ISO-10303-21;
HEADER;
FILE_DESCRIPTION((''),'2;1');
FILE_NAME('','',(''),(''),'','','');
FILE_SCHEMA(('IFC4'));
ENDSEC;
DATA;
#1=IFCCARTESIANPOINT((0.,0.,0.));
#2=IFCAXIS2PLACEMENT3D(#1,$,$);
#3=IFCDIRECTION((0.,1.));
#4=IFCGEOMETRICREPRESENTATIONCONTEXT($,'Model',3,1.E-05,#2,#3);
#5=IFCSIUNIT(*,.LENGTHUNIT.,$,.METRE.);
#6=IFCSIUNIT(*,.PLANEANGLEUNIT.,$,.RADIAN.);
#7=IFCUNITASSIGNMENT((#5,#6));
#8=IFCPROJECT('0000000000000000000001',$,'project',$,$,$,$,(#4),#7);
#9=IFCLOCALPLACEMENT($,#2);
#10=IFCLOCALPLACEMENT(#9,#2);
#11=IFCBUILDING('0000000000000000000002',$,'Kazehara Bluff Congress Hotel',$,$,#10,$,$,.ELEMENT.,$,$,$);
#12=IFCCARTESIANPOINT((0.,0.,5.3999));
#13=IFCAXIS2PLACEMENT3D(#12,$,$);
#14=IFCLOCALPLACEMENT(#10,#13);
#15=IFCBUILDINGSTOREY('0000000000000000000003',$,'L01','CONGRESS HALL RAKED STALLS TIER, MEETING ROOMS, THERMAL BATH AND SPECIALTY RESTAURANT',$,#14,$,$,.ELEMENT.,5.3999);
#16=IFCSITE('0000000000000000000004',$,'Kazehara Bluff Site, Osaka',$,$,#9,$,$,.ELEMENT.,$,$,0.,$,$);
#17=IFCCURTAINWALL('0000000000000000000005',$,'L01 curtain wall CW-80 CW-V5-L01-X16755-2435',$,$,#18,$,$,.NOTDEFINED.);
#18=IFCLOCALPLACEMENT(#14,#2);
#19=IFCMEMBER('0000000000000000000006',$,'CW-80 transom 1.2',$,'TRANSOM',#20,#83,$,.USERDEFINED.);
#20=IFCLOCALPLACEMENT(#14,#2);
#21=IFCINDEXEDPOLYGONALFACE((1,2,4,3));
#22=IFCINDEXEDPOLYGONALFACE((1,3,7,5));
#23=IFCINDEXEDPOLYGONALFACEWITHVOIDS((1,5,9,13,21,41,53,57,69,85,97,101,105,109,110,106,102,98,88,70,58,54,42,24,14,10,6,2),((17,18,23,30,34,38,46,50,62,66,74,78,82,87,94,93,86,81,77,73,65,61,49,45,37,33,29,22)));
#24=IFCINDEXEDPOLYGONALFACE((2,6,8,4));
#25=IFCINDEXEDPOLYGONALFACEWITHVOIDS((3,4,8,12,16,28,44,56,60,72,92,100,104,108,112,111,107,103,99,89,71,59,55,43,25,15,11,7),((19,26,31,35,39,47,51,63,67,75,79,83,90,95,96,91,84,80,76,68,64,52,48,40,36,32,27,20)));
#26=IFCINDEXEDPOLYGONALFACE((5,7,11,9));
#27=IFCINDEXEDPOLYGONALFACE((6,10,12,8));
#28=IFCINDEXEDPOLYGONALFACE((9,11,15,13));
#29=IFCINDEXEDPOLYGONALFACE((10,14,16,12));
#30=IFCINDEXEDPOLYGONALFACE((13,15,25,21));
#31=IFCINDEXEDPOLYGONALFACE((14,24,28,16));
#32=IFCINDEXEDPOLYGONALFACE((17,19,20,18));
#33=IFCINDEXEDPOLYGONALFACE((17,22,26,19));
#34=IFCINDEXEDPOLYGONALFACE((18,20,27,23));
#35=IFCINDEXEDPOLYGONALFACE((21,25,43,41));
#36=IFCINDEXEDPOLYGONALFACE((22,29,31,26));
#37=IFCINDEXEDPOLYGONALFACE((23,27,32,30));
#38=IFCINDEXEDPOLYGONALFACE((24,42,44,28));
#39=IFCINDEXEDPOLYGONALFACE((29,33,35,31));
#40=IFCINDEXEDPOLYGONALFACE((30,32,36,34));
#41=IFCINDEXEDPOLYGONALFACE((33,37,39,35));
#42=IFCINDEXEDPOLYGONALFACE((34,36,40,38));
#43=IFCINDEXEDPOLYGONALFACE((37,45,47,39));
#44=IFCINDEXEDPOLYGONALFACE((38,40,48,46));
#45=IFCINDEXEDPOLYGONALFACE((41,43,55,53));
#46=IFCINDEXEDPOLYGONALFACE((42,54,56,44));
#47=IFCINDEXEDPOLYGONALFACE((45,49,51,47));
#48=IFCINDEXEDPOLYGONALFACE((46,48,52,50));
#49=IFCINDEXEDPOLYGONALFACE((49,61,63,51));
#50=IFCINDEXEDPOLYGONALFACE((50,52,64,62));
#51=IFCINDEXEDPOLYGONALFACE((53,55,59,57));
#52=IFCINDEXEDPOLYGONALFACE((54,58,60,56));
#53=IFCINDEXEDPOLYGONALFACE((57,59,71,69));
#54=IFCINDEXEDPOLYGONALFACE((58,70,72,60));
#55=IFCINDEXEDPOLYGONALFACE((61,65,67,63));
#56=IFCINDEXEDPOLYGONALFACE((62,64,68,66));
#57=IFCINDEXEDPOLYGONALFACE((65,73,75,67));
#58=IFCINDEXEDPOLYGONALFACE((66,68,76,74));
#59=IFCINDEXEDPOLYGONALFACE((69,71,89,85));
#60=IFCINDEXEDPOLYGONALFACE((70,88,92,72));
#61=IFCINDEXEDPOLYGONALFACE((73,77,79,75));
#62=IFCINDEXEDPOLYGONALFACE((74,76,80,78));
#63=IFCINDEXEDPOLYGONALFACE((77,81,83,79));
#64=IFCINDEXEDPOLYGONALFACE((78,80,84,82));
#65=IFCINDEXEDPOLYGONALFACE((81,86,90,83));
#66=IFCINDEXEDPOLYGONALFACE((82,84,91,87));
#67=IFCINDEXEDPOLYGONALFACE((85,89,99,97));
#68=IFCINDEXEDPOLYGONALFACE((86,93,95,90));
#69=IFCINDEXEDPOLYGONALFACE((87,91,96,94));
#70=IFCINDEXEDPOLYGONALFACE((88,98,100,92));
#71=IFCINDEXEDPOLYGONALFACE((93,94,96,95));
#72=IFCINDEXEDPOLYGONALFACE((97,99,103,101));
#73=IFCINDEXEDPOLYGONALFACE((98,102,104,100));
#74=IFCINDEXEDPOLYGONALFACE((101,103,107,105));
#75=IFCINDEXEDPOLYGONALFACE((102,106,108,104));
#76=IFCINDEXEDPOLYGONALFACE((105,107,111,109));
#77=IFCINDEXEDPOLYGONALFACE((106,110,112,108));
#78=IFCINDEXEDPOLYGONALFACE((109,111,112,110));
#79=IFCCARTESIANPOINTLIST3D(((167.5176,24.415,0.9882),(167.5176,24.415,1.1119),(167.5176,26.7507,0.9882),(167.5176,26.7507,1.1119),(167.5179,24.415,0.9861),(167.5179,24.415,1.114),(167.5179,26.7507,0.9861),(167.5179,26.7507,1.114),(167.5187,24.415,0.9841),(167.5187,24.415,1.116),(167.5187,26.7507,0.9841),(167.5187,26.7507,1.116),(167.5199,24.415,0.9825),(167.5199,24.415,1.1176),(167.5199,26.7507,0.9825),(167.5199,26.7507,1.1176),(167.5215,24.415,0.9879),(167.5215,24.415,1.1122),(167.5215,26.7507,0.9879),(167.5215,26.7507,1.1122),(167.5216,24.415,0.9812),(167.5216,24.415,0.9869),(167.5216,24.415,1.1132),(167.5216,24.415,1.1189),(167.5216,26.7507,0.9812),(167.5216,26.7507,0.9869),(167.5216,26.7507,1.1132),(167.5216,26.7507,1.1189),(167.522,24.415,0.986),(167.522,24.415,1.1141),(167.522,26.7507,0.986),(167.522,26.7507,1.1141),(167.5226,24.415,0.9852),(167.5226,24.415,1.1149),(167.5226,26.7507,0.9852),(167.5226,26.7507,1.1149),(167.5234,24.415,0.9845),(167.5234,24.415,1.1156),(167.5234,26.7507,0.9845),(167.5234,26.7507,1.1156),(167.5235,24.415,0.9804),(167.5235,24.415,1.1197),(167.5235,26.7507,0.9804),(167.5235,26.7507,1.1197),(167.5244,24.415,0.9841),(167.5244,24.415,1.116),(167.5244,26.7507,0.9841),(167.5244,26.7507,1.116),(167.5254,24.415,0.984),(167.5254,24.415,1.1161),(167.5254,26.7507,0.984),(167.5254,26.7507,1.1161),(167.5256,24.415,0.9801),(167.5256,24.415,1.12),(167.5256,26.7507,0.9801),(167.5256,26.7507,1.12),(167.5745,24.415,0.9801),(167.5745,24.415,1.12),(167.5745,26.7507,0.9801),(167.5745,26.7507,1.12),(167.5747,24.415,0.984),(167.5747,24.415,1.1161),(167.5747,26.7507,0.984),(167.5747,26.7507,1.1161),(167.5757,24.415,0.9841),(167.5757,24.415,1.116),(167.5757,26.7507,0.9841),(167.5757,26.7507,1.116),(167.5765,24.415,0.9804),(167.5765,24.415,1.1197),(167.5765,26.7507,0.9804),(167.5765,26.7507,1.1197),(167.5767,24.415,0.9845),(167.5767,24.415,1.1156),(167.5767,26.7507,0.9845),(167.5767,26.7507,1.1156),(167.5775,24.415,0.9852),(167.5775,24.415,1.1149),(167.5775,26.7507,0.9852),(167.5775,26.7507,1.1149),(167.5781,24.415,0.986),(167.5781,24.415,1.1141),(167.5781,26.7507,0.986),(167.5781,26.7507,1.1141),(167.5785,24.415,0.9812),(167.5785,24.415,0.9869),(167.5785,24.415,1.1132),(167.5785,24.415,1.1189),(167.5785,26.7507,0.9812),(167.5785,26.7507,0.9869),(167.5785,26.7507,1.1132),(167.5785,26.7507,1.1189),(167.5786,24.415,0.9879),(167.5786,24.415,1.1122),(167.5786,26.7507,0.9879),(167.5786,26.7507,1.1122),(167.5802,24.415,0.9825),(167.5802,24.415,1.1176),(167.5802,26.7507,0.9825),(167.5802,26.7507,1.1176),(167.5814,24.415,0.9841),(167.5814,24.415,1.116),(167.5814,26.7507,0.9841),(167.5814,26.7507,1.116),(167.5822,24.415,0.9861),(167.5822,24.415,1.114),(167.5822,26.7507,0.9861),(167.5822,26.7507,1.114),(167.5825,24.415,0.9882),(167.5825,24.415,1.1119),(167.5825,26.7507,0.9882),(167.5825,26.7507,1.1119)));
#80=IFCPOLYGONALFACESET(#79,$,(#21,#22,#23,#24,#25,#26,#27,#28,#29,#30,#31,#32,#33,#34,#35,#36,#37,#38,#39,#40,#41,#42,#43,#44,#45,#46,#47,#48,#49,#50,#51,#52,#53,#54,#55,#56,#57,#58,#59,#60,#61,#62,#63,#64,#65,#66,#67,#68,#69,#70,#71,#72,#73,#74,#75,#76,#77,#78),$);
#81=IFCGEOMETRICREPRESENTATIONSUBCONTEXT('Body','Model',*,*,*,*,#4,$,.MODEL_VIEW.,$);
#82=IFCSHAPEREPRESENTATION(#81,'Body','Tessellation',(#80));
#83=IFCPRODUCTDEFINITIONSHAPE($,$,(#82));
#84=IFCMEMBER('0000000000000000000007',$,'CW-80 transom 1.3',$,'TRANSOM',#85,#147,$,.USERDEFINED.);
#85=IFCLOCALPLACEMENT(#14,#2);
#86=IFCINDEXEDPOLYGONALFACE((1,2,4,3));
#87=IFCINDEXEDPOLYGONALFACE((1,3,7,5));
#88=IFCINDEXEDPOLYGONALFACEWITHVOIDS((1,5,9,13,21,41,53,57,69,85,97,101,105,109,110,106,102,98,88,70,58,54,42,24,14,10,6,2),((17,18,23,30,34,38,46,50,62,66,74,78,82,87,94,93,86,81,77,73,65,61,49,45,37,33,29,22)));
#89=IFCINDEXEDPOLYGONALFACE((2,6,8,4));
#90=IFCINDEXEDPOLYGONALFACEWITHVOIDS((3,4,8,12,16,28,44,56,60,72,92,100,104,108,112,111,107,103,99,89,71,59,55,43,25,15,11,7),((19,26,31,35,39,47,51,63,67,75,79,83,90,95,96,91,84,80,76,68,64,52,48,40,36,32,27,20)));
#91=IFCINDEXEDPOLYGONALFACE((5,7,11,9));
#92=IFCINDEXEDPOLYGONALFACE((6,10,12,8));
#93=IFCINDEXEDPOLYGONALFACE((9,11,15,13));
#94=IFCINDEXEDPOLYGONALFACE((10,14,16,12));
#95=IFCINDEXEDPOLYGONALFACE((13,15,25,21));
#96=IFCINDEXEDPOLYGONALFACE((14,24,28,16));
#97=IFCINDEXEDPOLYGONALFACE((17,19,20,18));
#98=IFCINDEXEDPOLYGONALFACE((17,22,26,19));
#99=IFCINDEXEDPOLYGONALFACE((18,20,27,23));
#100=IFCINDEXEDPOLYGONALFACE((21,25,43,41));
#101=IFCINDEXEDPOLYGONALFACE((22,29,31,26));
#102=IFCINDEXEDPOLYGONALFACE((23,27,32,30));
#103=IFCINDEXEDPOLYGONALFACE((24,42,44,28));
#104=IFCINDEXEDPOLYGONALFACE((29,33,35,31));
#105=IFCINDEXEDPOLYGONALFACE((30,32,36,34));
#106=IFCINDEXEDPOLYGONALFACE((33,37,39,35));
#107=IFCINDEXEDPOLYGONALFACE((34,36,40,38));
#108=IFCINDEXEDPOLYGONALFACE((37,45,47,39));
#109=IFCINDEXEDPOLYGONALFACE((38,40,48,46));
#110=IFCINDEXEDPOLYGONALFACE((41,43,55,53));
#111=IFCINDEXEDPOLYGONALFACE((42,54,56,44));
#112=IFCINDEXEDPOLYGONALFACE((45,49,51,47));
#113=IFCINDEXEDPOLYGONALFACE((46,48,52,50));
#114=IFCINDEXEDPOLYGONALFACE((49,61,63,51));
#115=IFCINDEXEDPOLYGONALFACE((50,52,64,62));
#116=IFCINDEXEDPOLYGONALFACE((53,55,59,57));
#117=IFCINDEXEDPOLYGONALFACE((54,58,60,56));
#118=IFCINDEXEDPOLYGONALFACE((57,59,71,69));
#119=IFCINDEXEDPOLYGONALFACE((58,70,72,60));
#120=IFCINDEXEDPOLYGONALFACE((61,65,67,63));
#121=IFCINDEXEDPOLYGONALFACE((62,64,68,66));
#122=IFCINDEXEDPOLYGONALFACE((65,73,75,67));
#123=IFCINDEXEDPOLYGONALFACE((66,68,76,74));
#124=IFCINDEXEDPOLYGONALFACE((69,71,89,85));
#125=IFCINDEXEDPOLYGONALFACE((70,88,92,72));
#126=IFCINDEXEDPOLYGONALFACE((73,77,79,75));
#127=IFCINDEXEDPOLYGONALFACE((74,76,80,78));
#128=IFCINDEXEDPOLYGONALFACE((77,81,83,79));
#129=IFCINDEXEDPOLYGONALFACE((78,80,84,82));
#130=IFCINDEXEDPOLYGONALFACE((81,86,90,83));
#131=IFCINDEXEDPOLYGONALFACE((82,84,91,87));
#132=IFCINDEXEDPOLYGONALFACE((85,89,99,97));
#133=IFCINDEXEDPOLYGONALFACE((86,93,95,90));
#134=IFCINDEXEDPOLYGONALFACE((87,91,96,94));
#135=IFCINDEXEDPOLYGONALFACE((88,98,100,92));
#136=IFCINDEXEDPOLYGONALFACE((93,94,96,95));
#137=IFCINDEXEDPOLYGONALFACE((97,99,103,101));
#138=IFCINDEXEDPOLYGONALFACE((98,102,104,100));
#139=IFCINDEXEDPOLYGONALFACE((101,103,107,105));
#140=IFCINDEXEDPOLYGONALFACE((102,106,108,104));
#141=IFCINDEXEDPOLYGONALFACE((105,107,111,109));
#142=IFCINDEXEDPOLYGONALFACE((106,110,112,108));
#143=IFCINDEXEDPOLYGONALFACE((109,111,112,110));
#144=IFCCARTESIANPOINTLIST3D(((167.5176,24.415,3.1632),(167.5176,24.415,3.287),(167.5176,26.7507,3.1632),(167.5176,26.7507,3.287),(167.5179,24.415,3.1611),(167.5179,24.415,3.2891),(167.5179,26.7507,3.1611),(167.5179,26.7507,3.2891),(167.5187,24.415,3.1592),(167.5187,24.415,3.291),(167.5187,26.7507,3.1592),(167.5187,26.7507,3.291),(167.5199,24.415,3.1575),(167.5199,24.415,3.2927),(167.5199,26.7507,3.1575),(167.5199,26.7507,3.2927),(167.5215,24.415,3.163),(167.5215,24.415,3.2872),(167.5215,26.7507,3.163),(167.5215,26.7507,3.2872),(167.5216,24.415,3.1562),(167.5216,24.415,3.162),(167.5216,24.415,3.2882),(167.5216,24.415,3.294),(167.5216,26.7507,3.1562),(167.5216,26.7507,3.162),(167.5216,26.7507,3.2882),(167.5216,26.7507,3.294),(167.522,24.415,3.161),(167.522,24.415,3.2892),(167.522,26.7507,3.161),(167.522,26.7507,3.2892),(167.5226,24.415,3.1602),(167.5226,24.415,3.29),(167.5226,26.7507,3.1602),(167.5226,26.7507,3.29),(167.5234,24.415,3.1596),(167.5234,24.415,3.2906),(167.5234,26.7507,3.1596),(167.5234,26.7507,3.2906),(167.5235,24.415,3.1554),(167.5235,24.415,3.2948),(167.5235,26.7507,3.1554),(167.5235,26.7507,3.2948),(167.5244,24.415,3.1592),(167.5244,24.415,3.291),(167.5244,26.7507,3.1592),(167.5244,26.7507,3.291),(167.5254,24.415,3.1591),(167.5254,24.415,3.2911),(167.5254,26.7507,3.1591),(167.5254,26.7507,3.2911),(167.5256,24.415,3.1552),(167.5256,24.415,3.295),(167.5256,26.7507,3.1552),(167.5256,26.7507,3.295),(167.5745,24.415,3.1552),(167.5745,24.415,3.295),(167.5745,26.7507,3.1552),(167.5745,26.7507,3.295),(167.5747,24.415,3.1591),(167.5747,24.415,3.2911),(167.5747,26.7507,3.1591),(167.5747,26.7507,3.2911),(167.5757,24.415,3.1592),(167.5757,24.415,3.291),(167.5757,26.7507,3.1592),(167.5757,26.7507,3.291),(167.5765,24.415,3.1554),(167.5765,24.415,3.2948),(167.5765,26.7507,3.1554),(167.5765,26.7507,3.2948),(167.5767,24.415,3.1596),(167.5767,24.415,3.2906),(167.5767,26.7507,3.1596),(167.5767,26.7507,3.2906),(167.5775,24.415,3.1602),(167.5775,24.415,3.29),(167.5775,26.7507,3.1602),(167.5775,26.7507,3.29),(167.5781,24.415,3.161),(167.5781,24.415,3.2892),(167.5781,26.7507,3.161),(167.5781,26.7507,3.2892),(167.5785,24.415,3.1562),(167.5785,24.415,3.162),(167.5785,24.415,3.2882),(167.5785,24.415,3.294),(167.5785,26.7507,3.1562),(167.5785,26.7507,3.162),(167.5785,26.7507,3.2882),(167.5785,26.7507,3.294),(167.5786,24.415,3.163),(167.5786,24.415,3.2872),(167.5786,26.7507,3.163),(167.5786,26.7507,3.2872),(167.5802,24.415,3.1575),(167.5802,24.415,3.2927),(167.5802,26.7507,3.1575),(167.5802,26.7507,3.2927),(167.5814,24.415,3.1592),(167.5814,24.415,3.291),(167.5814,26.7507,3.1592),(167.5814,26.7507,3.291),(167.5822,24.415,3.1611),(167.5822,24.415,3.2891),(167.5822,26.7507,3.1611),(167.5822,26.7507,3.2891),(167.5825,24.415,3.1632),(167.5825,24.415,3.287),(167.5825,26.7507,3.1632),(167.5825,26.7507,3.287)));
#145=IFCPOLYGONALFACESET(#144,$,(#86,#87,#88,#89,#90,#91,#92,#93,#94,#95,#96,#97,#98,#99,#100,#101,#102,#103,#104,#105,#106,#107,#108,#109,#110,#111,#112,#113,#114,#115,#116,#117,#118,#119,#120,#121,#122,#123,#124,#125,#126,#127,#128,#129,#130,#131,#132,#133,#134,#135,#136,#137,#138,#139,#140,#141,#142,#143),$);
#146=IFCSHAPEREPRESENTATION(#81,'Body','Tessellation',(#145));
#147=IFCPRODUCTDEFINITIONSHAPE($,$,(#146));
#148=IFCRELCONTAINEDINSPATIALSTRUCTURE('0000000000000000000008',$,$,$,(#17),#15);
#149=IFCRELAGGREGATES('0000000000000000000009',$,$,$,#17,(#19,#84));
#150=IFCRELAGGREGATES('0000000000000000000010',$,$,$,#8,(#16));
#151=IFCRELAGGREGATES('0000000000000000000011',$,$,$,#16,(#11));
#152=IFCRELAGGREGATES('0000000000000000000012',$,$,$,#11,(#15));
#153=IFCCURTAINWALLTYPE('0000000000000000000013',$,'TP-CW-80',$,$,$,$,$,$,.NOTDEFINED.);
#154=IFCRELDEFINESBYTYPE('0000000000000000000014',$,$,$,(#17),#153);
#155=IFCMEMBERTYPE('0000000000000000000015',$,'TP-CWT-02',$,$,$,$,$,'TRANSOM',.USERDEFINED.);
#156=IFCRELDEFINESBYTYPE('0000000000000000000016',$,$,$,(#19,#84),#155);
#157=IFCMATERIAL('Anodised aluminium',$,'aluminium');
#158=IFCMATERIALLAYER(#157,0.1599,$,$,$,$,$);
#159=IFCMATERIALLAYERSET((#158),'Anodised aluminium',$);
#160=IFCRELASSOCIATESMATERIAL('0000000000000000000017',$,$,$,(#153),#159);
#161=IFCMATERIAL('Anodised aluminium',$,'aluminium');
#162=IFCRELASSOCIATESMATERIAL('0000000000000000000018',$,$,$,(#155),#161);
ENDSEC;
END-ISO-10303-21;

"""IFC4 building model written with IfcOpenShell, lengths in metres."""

from ifc_helpers import new_model, si_unit, direction, frame, origin, origin_2d, place, context, subcontext, project, spatial, hollow_rectangle, extrude, material, layer, layer_set, material_profile, profile_set, type_object, element, aggregate, save


model = new_model("IFC4")

# Units and contexts
model_context = context("Model", 3, precision=1e-05, world=origin(), true_north=direction((0.0, 1.0)))
body_context = subcontext(model_context, "Body", "Model", "MODEL_VIEW")
ifc_project = project(units=[si_unit("LENGTHUNIT", "METRE"), si_unit("PLANEANGLEUNIT", "RADIAN")], contexts=[model_context])

# Site, building, storey
site_placement = place(None, origin())
site = spatial("IfcSite", under=ifc_project, at=site_placement, Name="Kazehara Bluff Site, Osaka", CompositionType="ELEMENT", RefElevation=0.0)
building_placement = place(site_placement, origin())
building = spatial("IfcBuilding", under=site, at=building_placement, Name="Kazehara Bluff Congress Hotel", CompositionType="ELEMENT")
storey_placement = place(building_placement, frame((0.0, 0.0, 5.3999)))
storey = spatial("IfcBuildingStorey", under=building, at=storey_placement, Name="L01", Description="CONGRESS HALL RAKED STALLS TIER, MEETING ROOMS, THERMAL BATH AND SPECIALTY RESTAURANT", CompositionType="ELEMENT", Elevation=5.3999)

# Curtain wall
ifc_material_1 = material(Name="Anodised aluminium", Category="aluminium")
ifc_layer_1 = layer(ifc_material_1, 0.1599)
ifc_layer_set_1 = layer_set([ifc_layer_1], Name="Anodised aluminium")
curtain_wall_type_1 = type_object("IfcCurtainWallType", Name="TP-CW-80", PredefinedType="NOTDEFINED", material=ifc_layer_set_1)
curtain_wall_1_placement = place(storey_placement, origin())
curtain_wall_1 = element("IfcCurtainWall", 1, at=curtain_wall_1_placement, inside=storey, type_object=curtain_wall_type_1, Name="L01 curtain wall CW-80 CW-V5-L01-X16755-2435", PredefinedType="NOTDEFINED")

# Members
ifc_material_2 = material(Name="Anodised aluminium", Category="aluminium")
ifc_material_profile_1 = material_profile(ifc_material_2, hollow_rectangle(XDim=0.0649, YDim=0.1399, WallThickness=0.0039, InnerFilletRadius=0.0039, OuterFilletRadius=0.0081, at=origin_2d()))
ifc_profile_set_1 = profile_set([ifc_material_profile_1], Name="Anodised aluminium")
member_type_1 = type_object("IfcMemberType", Name="TP-CWT-02", ElementType="TRANSOM", PredefinedType="USERDEFINED", material=ifc_profile_set_1)
member_1_placement = place(storey_placement, frame((167.55, 24.415, 1.05), z_axis=(0.0, 1.0, 0.0), x_axis=(-1.0, 0.0, 0.0)))
member_1 = element("IfcMember", 2, at=member_1_placement, type_object=member_type_1, Name="CW-80 transom 1.2", ObjectType="TRANSOM", PredefinedType="USERDEFINED", context=body_context, shape_type="SweptSolid", body=[
    extrude(hollow_rectangle(XDim=0.0649, YDim=0.1399, WallThickness=0.0039, InnerFilletRadius=0.0039, OuterFilletRadius=0.0081, at=origin_2d()), origin(), (0.0, 0.0, 1.0), 2.3357),
])
member_2_placement = place(storey_placement, frame((167.55, 24.415, 3.2251), z_axis=(0.0, 1.0, 0.0), x_axis=(-1.0, 0.0, 0.0)))
member_2 = element("IfcMember", 3, at=member_2_placement, type_object=member_type_1, Name="CW-80 transom 1.3", ObjectType="TRANSOM", PredefinedType="USERDEFINED", context=body_context, shape_type="SweptSolid", body=[
    extrude(hollow_rectangle(XDim=0.0649, YDim=0.1399, WallThickness=0.0039, InnerFilletRadius=0.0039, OuterFilletRadius=0.0081, at=origin_2d()), origin(), (0.0, 0.0, 1.0), 2.3357),
])

aggregate(curtain_wall_1, [member_1, member_2])

save(model, "model.ifc")
